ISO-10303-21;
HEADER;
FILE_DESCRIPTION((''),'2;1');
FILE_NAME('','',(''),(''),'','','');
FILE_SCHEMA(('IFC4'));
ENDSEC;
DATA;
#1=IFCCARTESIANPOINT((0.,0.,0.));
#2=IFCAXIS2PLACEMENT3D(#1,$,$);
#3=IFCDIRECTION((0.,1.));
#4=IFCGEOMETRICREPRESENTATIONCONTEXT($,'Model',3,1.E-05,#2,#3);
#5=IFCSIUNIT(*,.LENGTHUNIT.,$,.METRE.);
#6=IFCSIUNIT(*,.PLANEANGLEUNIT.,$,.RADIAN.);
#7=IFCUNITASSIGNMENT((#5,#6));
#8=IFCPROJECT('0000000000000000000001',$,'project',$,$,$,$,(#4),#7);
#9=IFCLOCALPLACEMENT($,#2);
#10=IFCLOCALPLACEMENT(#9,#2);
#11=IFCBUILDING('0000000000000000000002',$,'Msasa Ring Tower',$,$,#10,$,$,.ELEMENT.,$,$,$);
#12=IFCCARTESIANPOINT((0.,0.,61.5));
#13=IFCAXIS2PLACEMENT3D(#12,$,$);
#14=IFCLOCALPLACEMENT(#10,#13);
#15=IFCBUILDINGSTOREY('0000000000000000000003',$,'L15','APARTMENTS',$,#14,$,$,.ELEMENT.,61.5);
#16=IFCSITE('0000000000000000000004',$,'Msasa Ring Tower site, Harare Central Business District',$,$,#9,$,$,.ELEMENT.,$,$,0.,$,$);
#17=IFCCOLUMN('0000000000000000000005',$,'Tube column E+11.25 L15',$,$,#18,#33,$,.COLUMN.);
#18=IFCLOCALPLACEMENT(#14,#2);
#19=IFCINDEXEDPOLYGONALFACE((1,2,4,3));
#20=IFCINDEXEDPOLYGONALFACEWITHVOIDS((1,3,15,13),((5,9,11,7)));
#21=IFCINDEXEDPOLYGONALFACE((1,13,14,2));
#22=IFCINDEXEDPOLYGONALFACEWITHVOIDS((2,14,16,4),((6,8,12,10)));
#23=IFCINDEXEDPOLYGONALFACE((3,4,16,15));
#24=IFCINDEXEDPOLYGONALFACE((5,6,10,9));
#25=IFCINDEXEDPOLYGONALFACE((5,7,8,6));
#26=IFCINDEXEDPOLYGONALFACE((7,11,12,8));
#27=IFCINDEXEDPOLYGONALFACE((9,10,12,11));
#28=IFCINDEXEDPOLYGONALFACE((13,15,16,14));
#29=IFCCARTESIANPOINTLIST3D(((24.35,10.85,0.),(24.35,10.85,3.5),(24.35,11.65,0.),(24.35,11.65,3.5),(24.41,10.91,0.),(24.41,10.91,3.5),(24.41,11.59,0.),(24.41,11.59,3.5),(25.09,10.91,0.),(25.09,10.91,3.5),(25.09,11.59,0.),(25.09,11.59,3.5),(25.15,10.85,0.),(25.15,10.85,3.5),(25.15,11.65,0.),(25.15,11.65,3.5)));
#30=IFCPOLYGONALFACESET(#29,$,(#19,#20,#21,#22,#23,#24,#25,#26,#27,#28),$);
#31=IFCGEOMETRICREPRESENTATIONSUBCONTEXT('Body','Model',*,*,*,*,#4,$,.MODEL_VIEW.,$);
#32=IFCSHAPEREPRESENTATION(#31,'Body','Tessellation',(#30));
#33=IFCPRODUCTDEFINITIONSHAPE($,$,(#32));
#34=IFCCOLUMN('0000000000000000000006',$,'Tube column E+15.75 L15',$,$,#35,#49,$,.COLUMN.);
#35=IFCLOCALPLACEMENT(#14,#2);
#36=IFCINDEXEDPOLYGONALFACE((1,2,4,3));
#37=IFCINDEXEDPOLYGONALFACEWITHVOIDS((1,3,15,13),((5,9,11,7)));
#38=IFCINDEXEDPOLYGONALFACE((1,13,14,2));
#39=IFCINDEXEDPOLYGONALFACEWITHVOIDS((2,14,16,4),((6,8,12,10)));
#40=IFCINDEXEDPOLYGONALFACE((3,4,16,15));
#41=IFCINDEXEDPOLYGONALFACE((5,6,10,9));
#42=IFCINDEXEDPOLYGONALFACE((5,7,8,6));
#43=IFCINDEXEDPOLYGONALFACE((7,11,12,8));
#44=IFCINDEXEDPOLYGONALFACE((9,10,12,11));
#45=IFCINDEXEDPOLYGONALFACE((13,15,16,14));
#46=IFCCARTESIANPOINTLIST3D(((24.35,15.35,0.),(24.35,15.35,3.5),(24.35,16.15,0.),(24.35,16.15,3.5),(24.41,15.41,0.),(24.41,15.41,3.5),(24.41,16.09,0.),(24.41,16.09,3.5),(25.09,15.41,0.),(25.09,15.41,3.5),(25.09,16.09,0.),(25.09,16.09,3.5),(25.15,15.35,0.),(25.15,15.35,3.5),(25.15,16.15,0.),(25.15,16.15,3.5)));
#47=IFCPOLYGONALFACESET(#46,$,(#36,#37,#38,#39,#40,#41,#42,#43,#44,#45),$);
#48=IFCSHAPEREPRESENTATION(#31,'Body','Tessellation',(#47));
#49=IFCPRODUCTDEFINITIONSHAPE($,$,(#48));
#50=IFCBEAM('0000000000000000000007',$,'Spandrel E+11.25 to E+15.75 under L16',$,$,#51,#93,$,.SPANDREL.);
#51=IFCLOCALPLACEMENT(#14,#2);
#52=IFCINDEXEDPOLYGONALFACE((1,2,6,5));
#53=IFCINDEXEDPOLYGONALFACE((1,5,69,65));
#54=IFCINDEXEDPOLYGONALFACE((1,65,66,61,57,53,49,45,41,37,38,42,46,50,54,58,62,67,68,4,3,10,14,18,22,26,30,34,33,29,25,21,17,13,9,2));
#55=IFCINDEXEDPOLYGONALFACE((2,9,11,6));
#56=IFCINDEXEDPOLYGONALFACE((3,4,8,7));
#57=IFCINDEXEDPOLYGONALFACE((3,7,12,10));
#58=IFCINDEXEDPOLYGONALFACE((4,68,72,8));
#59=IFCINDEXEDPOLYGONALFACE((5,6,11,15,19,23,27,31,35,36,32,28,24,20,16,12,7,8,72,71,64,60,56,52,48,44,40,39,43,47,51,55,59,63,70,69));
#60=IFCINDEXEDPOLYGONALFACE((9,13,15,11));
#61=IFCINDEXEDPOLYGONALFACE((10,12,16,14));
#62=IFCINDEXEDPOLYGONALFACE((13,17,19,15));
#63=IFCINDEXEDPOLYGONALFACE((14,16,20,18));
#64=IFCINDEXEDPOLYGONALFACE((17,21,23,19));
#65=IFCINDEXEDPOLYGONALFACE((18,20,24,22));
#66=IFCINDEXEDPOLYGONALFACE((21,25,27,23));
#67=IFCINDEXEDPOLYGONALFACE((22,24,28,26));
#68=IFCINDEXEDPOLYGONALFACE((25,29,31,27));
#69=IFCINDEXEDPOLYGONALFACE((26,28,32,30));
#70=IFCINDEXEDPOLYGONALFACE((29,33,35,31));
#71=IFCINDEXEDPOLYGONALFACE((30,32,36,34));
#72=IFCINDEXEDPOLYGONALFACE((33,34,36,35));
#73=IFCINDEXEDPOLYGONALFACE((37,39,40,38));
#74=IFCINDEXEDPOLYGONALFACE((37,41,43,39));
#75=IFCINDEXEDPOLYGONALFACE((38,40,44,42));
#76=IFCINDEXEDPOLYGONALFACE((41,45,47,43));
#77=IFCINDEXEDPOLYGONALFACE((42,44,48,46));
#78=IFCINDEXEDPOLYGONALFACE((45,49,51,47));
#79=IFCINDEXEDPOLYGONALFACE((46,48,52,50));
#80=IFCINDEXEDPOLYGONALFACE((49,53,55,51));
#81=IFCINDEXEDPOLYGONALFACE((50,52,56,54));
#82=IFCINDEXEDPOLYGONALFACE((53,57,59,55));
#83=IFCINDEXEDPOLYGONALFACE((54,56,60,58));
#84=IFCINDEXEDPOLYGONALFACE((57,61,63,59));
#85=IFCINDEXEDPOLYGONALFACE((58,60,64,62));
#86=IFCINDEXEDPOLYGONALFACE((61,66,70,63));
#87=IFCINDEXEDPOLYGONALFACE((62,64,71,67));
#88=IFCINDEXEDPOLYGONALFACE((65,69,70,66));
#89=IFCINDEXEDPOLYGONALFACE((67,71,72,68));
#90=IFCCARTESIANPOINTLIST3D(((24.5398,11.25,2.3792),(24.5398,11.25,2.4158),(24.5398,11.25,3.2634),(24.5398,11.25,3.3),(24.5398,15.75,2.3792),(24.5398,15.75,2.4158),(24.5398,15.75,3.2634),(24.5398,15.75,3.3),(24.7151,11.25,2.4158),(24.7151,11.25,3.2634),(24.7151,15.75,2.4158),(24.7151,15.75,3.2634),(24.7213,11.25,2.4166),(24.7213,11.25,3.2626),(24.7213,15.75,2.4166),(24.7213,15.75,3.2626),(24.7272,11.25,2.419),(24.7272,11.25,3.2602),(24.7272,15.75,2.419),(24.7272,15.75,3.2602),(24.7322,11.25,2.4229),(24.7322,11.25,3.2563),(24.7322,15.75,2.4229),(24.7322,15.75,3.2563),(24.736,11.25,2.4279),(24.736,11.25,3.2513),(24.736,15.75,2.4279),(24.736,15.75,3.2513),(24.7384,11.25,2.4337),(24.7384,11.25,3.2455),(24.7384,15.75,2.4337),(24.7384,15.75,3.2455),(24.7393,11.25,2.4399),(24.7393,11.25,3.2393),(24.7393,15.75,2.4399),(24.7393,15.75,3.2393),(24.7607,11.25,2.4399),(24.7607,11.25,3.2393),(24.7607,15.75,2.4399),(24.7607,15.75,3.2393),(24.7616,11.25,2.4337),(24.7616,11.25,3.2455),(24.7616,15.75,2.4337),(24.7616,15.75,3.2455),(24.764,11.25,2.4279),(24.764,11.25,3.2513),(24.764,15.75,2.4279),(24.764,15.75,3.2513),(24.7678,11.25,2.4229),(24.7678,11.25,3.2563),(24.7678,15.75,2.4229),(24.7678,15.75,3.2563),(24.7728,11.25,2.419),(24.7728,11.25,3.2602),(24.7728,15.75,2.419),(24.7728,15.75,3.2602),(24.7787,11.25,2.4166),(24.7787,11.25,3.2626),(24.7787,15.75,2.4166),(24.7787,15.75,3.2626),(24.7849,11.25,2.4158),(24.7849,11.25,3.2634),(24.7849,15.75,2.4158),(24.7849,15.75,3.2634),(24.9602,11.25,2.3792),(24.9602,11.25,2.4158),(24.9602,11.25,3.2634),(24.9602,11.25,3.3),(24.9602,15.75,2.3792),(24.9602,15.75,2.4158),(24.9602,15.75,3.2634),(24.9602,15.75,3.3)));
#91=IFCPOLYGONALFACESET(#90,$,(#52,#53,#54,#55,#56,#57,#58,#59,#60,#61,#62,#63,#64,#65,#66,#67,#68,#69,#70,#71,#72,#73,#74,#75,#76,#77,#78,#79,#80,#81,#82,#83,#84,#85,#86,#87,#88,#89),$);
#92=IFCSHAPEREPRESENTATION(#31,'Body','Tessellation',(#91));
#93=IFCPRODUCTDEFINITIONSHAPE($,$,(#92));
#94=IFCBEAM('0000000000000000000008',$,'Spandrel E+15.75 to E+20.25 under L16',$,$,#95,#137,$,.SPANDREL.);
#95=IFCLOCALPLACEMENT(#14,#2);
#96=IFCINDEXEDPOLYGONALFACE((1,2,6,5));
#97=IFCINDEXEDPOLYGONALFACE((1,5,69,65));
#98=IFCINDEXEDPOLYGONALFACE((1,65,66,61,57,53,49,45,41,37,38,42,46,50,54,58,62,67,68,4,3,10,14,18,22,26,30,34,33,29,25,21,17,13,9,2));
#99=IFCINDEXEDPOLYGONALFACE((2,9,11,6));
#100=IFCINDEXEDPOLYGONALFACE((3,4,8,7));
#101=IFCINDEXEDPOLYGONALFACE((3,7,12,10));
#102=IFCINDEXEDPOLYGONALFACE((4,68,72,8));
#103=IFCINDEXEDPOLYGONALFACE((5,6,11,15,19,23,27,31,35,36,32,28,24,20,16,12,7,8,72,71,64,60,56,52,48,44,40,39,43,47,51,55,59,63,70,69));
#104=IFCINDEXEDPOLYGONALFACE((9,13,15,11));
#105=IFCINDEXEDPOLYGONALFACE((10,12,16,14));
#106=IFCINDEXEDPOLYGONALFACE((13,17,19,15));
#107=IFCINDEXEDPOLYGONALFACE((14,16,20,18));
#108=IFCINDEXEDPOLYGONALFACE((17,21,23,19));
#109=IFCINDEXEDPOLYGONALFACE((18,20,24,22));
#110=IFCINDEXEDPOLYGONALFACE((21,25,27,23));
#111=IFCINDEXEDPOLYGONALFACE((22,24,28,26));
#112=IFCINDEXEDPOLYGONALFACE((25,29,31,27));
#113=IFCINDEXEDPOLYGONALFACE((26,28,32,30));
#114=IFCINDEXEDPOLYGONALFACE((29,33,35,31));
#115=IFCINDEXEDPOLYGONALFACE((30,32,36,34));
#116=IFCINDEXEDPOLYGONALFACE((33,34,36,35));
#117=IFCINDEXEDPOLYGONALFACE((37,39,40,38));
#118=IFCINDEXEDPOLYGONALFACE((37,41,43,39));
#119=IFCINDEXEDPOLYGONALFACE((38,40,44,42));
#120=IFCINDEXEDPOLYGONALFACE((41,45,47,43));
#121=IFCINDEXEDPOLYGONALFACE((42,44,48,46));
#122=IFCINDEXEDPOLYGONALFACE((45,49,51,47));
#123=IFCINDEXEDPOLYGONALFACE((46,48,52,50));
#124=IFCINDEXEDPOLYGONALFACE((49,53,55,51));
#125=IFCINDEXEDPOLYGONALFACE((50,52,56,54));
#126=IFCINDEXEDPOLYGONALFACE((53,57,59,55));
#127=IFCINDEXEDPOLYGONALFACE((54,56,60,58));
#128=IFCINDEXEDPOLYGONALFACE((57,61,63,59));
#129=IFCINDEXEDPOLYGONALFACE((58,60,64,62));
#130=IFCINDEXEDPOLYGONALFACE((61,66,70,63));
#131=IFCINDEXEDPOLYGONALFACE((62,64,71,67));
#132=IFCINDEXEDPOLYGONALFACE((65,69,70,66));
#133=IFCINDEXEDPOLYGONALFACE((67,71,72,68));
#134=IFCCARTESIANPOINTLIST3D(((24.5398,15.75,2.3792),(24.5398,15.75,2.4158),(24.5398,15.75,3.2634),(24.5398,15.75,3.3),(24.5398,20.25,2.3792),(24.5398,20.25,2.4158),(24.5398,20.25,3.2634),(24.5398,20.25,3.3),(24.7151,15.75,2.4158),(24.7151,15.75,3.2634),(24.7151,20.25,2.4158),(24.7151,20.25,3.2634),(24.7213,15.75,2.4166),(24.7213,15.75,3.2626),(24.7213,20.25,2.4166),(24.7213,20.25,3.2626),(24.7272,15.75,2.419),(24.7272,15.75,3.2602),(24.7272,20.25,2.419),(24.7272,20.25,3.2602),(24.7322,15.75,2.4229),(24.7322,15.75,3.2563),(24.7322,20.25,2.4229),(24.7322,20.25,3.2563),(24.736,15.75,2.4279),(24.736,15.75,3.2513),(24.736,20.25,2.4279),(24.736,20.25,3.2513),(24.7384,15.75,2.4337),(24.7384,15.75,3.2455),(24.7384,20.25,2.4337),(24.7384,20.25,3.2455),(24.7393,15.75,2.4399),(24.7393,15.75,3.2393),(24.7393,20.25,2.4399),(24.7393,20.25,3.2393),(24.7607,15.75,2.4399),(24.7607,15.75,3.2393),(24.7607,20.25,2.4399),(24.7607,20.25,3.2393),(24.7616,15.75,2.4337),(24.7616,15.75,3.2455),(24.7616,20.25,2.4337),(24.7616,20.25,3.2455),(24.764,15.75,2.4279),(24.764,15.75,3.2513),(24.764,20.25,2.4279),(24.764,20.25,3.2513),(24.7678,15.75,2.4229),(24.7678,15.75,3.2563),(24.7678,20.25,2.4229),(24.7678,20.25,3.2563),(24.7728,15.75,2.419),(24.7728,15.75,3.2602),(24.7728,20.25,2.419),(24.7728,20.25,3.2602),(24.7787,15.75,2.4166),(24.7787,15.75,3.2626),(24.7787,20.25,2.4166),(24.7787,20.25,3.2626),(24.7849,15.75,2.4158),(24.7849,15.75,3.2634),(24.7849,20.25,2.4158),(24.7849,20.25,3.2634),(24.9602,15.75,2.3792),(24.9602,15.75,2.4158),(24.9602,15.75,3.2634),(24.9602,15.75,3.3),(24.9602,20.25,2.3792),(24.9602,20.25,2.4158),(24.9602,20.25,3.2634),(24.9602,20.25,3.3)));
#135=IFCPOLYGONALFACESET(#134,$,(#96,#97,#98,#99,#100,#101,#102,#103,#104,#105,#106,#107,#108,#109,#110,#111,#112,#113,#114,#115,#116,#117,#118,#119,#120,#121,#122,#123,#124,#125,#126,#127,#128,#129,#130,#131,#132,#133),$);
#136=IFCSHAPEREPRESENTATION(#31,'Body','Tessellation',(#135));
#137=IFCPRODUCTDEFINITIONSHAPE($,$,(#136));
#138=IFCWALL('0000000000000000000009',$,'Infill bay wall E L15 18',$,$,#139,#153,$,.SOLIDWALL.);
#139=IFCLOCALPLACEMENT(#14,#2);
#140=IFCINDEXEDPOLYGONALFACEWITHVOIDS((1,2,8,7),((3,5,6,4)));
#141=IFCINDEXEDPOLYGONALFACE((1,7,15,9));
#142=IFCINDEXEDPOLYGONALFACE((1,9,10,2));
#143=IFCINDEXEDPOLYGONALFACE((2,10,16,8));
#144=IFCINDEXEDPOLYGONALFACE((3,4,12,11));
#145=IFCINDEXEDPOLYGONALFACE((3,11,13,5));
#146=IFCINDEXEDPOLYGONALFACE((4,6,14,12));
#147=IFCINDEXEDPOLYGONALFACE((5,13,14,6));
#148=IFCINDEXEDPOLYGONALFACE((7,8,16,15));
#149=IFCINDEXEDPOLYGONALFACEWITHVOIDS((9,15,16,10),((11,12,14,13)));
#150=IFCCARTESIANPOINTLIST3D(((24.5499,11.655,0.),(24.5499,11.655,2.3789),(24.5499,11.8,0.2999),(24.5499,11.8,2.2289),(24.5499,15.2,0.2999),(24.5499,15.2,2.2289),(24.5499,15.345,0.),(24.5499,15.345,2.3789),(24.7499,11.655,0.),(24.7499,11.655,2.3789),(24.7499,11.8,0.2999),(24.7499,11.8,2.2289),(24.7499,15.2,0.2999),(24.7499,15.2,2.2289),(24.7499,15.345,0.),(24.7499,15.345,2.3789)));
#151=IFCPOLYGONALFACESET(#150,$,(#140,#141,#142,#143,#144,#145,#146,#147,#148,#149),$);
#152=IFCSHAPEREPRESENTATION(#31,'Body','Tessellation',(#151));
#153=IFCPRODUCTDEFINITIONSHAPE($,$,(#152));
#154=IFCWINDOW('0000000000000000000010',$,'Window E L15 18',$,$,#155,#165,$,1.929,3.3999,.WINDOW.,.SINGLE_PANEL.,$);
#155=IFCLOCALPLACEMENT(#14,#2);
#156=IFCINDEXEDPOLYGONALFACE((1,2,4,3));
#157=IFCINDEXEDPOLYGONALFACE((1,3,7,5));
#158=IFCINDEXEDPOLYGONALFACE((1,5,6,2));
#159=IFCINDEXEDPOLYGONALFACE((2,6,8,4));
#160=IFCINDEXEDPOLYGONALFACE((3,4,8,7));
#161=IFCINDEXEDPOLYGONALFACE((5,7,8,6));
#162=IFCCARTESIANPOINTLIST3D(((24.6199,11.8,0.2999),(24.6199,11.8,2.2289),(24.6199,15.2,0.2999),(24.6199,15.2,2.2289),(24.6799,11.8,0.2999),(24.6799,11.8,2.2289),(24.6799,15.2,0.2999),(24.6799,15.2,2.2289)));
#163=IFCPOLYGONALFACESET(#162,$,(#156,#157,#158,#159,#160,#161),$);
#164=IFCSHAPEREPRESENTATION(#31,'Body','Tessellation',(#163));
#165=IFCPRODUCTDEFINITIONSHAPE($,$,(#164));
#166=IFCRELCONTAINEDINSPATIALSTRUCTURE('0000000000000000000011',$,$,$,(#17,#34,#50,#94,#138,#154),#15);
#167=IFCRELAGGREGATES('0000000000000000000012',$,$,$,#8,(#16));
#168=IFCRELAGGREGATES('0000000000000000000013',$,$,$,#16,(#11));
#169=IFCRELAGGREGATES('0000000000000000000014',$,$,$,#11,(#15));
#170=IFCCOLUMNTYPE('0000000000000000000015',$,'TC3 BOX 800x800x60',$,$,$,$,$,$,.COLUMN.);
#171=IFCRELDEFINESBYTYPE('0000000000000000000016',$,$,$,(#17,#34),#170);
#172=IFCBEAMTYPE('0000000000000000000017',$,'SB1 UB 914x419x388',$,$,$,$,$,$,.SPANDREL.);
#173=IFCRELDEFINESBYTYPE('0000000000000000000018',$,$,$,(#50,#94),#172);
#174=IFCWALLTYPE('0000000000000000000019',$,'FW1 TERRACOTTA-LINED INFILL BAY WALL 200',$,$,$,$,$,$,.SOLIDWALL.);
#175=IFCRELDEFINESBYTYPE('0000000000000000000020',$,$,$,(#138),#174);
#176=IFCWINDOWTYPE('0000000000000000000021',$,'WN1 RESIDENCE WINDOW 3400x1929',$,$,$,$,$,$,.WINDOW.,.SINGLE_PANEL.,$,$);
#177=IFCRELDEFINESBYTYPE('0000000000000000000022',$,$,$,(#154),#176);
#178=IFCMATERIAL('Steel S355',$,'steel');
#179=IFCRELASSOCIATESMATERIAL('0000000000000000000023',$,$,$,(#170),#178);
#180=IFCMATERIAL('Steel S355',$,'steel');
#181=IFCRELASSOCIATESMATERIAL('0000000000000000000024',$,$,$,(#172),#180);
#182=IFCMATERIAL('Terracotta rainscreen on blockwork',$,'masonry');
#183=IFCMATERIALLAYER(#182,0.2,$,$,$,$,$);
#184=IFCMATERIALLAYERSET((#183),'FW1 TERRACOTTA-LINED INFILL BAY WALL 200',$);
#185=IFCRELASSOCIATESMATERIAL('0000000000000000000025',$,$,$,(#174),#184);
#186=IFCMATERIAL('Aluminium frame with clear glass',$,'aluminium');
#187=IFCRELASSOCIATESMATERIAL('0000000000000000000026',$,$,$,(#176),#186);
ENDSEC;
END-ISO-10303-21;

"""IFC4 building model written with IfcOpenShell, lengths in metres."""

from ifc_helpers import new_model, si_unit, direction, frame, frame_2d, origin, origin_2d, place, context, subcontext, project, spatial, rectangle, hollow_rectangle, i_section, extrude, material, layer, layer_set, material_profile, profile_set, type_object, element, fill, save


model = new_model("IFC4")

# Units and contexts
model_context = context("Model", 3, precision=1e-05, world=origin(), true_north=direction((0.0, 1.0)))
body_context = subcontext(model_context, "Body", "Model", "MODEL_VIEW")
ifc_project = project(units=[si_unit("LENGTHUNIT", "METRE"), si_unit("PLANEANGLEUNIT", "RADIAN")], contexts=[model_context])

# Site, building, storey
site_placement = place(None, origin())
site = spatial("IfcSite", under=ifc_project, at=site_placement, Name="Msasa Ring Tower site, Harare Central Business District", CompositionType="ELEMENT", RefElevation=0.0)
building_placement = place(site_placement, origin())
building = spatial("IfcBuilding", under=site, at=building_placement, Name="Msasa Ring Tower", CompositionType="ELEMENT")
storey_placement = place(building_placement, frame((0.0, 0.0, 61.5)))
storey = spatial("IfcBuildingStorey", under=building, at=storey_placement, Name="L15", Description="APARTMENTS", CompositionType="ELEMENT", Elevation=61.5)

# Columns
ifc_material_1 = material(Name="Steel S355", Category="steel")
ifc_material_profile_1 = material_profile(ifc_material_1, hollow_rectangle(XDim=0.8, YDim=0.8, WallThickness=0.0601, at=origin_2d()), Name="BOX 800x800x60")
ifc_profile_set_1 = profile_set([ifc_material_profile_1], Name="Steel S355")
column_type = type_object("IfcColumnType", Name="TC3 BOX 800x800x60", PredefinedType="COLUMN", material=ifc_profile_set_1)
for number, where, z_axis, x_axis, name in (
    (1, (24.75, 11.25, 0.0), (0.0, 0.0, 1.0), (1.0, 0.0, 0.0), "Tube column E+11.25 L15"),
    (2, (24.75, 15.75, 0.0), (0.0, 0.0, 1.0), (1.0, 0.0, 0.0), "Tube column E+15.75 L15"),
):
    element("IfcColumn", number, at=place(storey_placement, frame(where, z_axis=z_axis, x_axis=x_axis)), inside=storey, type_object=column_type, Name=name, PredefinedType="COLUMN", context=body_context, shape_type="SweptSolid", body=[
        extrude(hollow_rectangle(XDim=0.8, YDim=0.8, WallThickness=0.0601, at=origin_2d()), origin(), (0.0, 0.0, 1.0), 3.5),
    ])

# Beams
ifc_material_2 = material(Name="Steel S355", Category="steel")
ifc_material_profile_2 = material_profile(ifc_material_2, i_section(OverallWidth=0.4204, OverallDepth=0.9209, WebThickness=0.0215, FlangeThickness=0.0366, FilletRadius=0.0242, at=origin_2d()), Name="UB 914x419x388")
ifc_profile_set_2 = profile_set([ifc_material_profile_2], Name="Steel S355")
beam_type = type_object("IfcBeamType", Name="SB1 UB 914x419x388", PredefinedType="SPANDREL", material=ifc_profile_set_2)
for number, where, z_axis, x_axis, name in (
    (3, (24.75, 11.25, 2.8396), (0.0, 1.0, 0.0), (-1.0, 0.0, 0.0), "Spandrel E+11.25 to E+15.75 under L16"),
    (4, (24.75, 15.75, 2.8396), (0.0, 1.0, 0.0), (-1.0, 0.0, 0.0), "Spandrel E+15.75 to E+20.25 under L16"),
):
    element("IfcBeam", number, at=place(storey_placement, frame(where, z_axis=z_axis, x_axis=x_axis)), inside=storey, type_object=beam_type, Name=name, PredefinedType="SPANDREL", context=body_context, shape_type="SweptSolid", body=[
        extrude(i_section(OverallWidth=0.4204, OverallDepth=0.9209, WebThickness=0.0215, FlangeThickness=0.0366, FilletRadius=0.0242, at=origin_2d()), origin(), (0.0, 0.0, 1.0), 4.5),
    ])

# Wall, opening, window
ifc_material_3 = material(Name="Terracotta rainscreen on blockwork", Category="masonry")
ifc_layer_1 = layer(ifc_material_3, 0.2)
ifc_layer_set_1 = layer_set([ifc_layer_1], Name="FW1 TERRACOTTA-LINED INFILL BAY WALL 200")
wall_type_1 = type_object("IfcWallType", Name="FW1 TERRACOTTA-LINED INFILL BAY WALL 200", PredefinedType="SOLIDWALL", material=ifc_layer_set_1)
wall_1_placement = place(storey_placement, frame((24.6499, 11.655, 0.0), z_axis=(0.0, 0.0, 1.0), x_axis=(0.0, 1.0, 0.0)))
wall_1 = element("IfcWall", 5, at=wall_1_placement, inside=storey, type_object=wall_type_1, Name="Infill bay wall E L15 18", PredefinedType="SOLIDWALL", context=body_context, shape_type="SweptSolid", body=[
    extrude(rectangle(XDim=3.6899, YDim=0.2, at=frame_2d((1.845, 0.0))), origin(), (0.0, 0.0, 1.0), 2.3789),
])
opening_1_placement = place(wall_1_placement, frame((0.145, 0.0, 0.3)))
opening_1 = element("IfcOpeningElement", 6, at=opening_1_placement, cuts=wall_1, PredefinedType="OPENING", context=body_context, shape_type="SweptSolid", body=[
    extrude(rectangle(XDim=3.3999, YDim=1.929, at=frame_2d((1.7, 0.9644))), frame((0.0, 0.1099, 0.0), z_axis=(0.0, -1.0, 0.0), x_axis=(1.0, 0.0, 0.0)), (0.0, 0.0, 1.0), 0.22),
])
ifc_material_4 = material(Name="Aluminium frame with clear glass", Category="aluminium")
window_type = type_object("IfcWindowType", Name="WN1 RESIDENCE WINDOW 3400x1929", PartitioningType="SINGLE_PANEL", PredefinedType="WINDOW", material=ifc_material_4)
window_1_placement = place(opening_1_placement, origin())
window_1 = element("IfcWindow", 7, at=window_1_placement, inside=storey, type_object=window_type, Name="Window E L15 18", OverallHeight=1.929, OverallWidth=3.3999, PartitioningType="SINGLE_PANEL", PredefinedType="WINDOW", context=body_context, shape_type="SweptSolid", body=[
    extrude(rectangle(XDim=3.3999, YDim=1.929, at=frame_2d((1.7, 0.9644))), frame((0.0, 0.03, 0.0), z_axis=(0.0, -1.0, 0.0), x_axis=(1.0, 0.0, 0.0)), (0.0, 0.0, 1.0), 0.0601),
])
fill(opening_1, window_1)

save(model, "model.ifc")
